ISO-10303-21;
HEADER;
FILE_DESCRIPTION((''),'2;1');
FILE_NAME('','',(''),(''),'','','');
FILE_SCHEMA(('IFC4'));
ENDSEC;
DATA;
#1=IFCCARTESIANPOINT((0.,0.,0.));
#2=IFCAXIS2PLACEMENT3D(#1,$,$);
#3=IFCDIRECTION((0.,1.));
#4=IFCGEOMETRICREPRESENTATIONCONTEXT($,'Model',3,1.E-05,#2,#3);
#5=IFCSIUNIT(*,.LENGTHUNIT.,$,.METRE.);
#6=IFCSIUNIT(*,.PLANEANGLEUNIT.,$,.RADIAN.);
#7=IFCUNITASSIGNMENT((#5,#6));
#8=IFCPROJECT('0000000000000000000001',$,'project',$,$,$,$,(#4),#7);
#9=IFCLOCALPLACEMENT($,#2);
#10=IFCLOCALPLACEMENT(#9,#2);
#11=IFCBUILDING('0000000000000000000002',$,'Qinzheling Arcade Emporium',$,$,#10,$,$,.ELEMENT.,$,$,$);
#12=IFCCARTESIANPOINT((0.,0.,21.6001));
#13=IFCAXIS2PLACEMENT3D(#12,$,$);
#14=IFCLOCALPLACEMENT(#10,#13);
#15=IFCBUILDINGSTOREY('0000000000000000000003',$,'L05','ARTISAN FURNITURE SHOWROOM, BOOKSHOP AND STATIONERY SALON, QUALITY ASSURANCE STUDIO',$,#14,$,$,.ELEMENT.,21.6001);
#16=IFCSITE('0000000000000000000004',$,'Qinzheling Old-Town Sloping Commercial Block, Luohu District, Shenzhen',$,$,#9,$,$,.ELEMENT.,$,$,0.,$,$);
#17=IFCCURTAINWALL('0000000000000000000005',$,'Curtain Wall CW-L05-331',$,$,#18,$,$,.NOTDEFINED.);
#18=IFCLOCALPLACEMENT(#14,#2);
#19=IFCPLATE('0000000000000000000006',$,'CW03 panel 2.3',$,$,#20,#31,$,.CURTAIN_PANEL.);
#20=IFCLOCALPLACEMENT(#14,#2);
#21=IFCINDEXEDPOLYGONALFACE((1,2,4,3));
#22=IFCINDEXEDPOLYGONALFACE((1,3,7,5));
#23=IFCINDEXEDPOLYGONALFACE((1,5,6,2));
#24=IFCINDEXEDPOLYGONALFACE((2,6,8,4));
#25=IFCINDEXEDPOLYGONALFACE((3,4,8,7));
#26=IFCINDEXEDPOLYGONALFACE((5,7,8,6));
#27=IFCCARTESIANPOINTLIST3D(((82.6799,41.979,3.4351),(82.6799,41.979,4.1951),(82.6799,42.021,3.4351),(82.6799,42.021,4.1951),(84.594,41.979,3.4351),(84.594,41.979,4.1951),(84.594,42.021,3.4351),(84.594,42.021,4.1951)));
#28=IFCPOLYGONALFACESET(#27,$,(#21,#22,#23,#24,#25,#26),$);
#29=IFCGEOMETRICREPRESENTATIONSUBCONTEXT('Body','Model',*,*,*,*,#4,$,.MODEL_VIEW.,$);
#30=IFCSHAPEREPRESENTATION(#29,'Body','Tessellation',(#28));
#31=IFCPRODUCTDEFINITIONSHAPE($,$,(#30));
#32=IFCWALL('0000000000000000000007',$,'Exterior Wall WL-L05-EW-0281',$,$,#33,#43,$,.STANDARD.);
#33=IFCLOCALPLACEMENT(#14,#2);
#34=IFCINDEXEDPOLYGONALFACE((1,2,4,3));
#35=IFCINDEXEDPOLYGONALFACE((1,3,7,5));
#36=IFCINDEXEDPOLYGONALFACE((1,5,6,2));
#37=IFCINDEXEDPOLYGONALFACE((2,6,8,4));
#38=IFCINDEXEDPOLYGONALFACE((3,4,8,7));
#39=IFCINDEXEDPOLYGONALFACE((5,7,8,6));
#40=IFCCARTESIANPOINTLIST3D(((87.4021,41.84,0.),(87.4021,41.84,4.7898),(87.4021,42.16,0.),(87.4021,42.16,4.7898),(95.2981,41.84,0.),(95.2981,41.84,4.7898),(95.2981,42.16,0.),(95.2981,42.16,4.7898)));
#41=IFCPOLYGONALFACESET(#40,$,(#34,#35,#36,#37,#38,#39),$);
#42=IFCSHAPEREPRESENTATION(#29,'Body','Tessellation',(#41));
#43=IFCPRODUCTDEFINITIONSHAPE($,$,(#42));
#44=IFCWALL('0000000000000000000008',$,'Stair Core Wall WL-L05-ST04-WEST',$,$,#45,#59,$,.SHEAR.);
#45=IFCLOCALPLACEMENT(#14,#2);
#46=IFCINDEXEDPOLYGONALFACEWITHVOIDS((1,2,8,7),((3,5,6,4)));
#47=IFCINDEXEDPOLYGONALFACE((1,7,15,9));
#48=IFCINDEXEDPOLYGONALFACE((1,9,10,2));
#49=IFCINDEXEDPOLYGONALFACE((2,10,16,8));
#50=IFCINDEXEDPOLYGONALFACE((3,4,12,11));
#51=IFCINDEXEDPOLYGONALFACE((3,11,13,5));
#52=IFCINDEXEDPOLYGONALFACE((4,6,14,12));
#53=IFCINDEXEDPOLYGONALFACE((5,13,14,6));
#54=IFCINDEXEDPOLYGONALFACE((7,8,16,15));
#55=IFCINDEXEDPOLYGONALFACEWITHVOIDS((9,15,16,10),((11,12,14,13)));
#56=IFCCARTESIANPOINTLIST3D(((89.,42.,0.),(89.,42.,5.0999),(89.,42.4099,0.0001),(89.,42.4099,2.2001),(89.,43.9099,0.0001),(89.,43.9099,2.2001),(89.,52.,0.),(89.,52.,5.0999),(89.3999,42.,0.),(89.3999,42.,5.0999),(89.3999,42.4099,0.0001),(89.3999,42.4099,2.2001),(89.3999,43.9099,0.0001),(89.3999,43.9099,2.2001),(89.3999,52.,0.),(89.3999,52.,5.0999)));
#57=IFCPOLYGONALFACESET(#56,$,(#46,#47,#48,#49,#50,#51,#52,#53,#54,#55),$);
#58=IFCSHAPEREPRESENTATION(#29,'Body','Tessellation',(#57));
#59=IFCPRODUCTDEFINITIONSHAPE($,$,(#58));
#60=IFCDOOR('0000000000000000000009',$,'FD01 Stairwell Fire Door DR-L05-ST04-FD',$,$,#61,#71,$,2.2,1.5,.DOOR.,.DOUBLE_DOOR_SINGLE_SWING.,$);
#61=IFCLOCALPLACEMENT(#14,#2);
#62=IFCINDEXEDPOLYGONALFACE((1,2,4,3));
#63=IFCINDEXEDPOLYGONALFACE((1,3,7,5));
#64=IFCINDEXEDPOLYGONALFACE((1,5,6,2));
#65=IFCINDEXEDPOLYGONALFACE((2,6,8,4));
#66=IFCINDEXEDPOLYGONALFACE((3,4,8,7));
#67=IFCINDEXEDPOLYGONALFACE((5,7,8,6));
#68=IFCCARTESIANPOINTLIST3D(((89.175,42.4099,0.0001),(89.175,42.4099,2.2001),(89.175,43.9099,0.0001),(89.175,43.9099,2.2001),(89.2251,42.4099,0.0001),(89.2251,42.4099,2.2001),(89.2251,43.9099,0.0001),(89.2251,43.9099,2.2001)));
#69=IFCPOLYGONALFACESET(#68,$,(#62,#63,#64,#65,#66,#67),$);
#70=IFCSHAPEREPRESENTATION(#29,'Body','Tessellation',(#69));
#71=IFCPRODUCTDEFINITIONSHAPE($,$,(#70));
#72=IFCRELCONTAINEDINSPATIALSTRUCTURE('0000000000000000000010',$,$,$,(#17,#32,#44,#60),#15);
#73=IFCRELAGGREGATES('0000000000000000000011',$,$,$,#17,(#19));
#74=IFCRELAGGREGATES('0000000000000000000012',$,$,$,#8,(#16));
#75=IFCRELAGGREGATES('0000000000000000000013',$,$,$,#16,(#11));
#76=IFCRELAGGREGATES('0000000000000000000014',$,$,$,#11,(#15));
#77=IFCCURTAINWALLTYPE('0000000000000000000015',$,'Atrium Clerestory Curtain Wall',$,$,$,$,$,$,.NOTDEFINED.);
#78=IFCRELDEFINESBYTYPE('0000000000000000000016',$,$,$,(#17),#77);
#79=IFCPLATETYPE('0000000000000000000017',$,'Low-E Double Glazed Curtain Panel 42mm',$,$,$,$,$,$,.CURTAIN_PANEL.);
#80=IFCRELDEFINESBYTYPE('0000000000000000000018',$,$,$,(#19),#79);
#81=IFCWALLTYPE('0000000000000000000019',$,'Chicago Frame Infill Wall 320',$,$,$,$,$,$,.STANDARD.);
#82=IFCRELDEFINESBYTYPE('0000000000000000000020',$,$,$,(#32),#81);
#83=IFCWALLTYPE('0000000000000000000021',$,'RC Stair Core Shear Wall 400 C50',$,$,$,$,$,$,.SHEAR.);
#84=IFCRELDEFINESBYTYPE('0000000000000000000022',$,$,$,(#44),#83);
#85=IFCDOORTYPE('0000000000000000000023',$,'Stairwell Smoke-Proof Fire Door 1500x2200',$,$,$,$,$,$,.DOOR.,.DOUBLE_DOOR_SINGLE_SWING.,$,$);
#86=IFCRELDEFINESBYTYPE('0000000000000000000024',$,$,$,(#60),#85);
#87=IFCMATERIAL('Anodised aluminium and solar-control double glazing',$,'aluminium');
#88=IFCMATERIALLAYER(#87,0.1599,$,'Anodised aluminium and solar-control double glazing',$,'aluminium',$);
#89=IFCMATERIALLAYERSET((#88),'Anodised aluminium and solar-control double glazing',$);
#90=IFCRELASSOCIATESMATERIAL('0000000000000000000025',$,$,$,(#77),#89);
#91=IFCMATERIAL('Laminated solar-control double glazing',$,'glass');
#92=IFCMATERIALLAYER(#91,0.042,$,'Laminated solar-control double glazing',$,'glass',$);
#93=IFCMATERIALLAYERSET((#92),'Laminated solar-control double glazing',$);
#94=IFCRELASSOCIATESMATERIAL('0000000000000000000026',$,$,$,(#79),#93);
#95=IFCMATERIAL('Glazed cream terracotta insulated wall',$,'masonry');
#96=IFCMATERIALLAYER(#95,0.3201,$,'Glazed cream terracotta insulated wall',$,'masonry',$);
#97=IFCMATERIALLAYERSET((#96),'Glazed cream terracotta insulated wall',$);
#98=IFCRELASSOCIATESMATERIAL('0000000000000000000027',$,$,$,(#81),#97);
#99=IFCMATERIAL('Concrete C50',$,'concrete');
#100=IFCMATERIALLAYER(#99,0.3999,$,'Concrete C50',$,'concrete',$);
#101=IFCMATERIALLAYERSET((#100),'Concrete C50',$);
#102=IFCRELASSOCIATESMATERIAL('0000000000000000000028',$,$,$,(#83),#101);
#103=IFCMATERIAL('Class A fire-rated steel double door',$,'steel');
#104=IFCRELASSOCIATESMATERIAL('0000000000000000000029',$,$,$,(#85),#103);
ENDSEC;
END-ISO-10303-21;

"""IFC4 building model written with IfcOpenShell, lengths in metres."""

from ifc_helpers import new_model, si_unit, direction, frame, frame_2d, origin, origin_2d, place, context, subcontext, project, spatial, rectangle, extrude, material, layer, layer_set, type_object, element, fill, aggregate, save


model = new_model("IFC4")

# Units and contexts
model_context = context("Model", 3, precision=1e-05, world=origin(), true_north=direction((0.0, 1.0)))
body_context = subcontext(model_context, "Body", "Model", "MODEL_VIEW")
ifc_project = project(units=[si_unit("LENGTHUNIT", "METRE"), si_unit("PLANEANGLEUNIT", "RADIAN")], contexts=[model_context])

# Site, building, storey
site_placement = place(None, origin())
site = spatial("IfcSite", under=ifc_project, at=site_placement, Name="Qinzheling Old-Town Sloping Commercial Block, Luohu District, Shenzhen", CompositionType="ELEMENT", RefElevation=0.0)
building_placement = place(site_placement, origin())
building = spatial("IfcBuilding", under=site, at=building_placement, Name="Qinzheling Arcade Emporium", CompositionType="ELEMENT")
storey_placement = place(building_placement, frame((0.0, 0.0, 21.6001)))
storey = spatial("IfcBuildingStorey", under=building, at=storey_placement, Name="L05", Description="ARTISAN FURNITURE SHOWROOM, BOOKSHOP AND STATIONERY SALON, QUALITY ASSURANCE STUDIO", CompositionType="ELEMENT", Elevation=21.6001)

# Curtain wall
ifc_material_1 = material(Name="Anodised aluminium and solar-control double glazing", Category="aluminium")
ifc_layer_1 = layer(ifc_material_1, 0.1599, Name="Anodised aluminium and solar-control double glazing", Category="aluminium")
ifc_layer_set_1 = layer_set([ifc_layer_1], Name="Anodised aluminium and solar-control double glazing")
curtain_wall_type = type_object("IfcCurtainWallType", Name="Atrium Clerestory Curtain Wall", PredefinedType="NOTDEFINED", material=ifc_layer_set_1)
curtain_wall_1_placement = place(storey_placement, origin())
curtain_wall_1 = element("IfcCurtainWall", 1, at=curtain_wall_1_placement, inside=storey, type_object=curtain_wall_type, Name="Curtain Wall CW-L05-331", PredefinedType="NOTDEFINED")

# Plate
ifc_material_2 = material(Name="Laminated solar-control double glazing", Category="glass")
ifc_layer_2 = layer(ifc_material_2, 0.042, Name="Laminated solar-control double glazing", Category="glass")
ifc_layer_set_2 = layer_set([ifc_layer_2], Name="Laminated solar-control double glazing")
plate_type_1 = type_object("IfcPlateType", Name="Low-E Double Glazed Curtain Panel 42mm", PredefinedType="CURTAIN_PANEL", material=ifc_layer_set_2)
plate_1_placement = place(storey_placement, frame((83.637, 42.0, 3.4351), z_axis=(0.0, 0.0, 1.0), x_axis=(-1.0, 0.0, 0.0)))
plate_1 = element("IfcPlate", 2, at=plate_1_placement, type_object=plate_type_1, Name="CW03 panel 2.3", PredefinedType="CURTAIN_PANEL", context=body_context, shape_type="SweptSolid", body=[
    extrude(rectangle(XDim=1.9141, YDim=0.042, at=origin_2d()), origin(), (0.0, 0.0, 1.0), 0.76),
])
aggregate(curtain_wall_1, [plate_1])

# Wall
ifc_material_3 = material(Name="Glazed cream terracotta insulated wall", Category="masonry")
ifc_layer_3 = layer(ifc_material_3, 0.3201, Name="Glazed cream terracotta insulated wall", Category="masonry")
ifc_layer_set_3 = layer_set([ifc_layer_3], Name="Glazed cream terracotta insulated wall")
wall_type_1 = type_object("IfcWallType", Name="Chicago Frame Infill Wall 320", PredefinedType="STANDARD", material=ifc_layer_set_3)
wall_1_placement = place(storey_placement, frame((95.2981, 42.0, 0.0), z_axis=(0.0, 0.0, 1.0), x_axis=(-1.0, 0.0, 0.0)))
element("IfcWall", 3, at=wall_1_placement, inside=storey, type_object=wall_type_1, Name="Exterior Wall WL-L05-EW-0281", PredefinedType="STANDARD", context=body_context, shape_type="SweptSolid", body=[
    extrude(rectangle(XDim=7.896, YDim=0.3201, at=frame_2d((3.948, 0.0))), origin(), (0.0, 0.0, 1.0), 4.7898),
])

# Wall, opening, door
ifc_material_4 = material(Name="Concrete C50", Category="concrete")
ifc_layer_4 = layer(ifc_material_4, 0.3999, Name="Concrete C50", Category="concrete")
ifc_layer_set_4 = layer_set([ifc_layer_4], Name="Concrete C50")
wall_type_2 = type_object("IfcWallType", Name="RC Stair Core Shear Wall 400 C50", PredefinedType="SHEAR", material=ifc_layer_set_4)
wall_2_placement = place(storey_placement, frame((89.2, 42.0, 0.0), z_axis=(0.0, 0.0, 1.0), x_axis=(0.0, 1.0, 0.0)))
wall_2 = element("IfcWall", 4, at=wall_2_placement, inside=storey, type_object=wall_type_2, Name="Stair Core Wall WL-L05-ST04-WEST", PredefinedType="SHEAR", context=body_context, shape_type="SweptSolid", body=[
    extrude(rectangle(XDim=10.0, YDim=0.3999, at=frame_2d((5.0, 0.0))), origin(), (0.0, 0.0, 1.0), 5.0999),
])
opening_placement = place(wall_2_placement, frame((0.4099, 0.0, 0.0)))
opening = element("IfcOpeningElement", 5, at=opening_placement, cuts=wall_2, PredefinedType="OPENING", context=body_context, shape_type="SweptSolid", body=[
    extrude(rectangle(XDim=1.5, YDim=2.2, at=frame_2d((0.75, 1.1001))), frame((0.0, 0.21, 0.0), z_axis=(0.0, -1.0, 0.0), x_axis=(1.0, 0.0, 0.0)), (0.0, 0.0, 1.0), 0.4199),
])
ifc_material_5 = material(Name="Class A fire-rated steel double door", Category="steel")
door_type = type_object("IfcDoorType", Name="Stairwell Smoke-Proof Fire Door 1500x2200", OperationType="DOUBLE_DOOR_SINGLE_SWING", PredefinedType="DOOR", material=ifc_material_5)
door_placement = place(opening_placement, origin())
door = element("IfcDoor", 6, at=door_placement, inside=storey, type_object=door_type, Name="FD01 Stairwell Fire Door DR-L05-ST04-FD", OperationType="DOUBLE_DOOR_SINGLE_SWING", OverallHeight=2.2, OverallWidth=1.5, PredefinedType="DOOR", context=body_context, shape_type="SweptSolid", body=[
    extrude(rectangle(XDim=1.5, YDim=2.2, at=frame_2d((0.75, 1.1001))), frame((0.0, 0.0249, 0.0), z_axis=(0.0, -1.0, 0.0), x_axis=(1.0, 0.0, 0.0)), (0.0, 0.0, 1.0), 0.05),
])
fill(opening, door)

save(model, "model.ifc")
